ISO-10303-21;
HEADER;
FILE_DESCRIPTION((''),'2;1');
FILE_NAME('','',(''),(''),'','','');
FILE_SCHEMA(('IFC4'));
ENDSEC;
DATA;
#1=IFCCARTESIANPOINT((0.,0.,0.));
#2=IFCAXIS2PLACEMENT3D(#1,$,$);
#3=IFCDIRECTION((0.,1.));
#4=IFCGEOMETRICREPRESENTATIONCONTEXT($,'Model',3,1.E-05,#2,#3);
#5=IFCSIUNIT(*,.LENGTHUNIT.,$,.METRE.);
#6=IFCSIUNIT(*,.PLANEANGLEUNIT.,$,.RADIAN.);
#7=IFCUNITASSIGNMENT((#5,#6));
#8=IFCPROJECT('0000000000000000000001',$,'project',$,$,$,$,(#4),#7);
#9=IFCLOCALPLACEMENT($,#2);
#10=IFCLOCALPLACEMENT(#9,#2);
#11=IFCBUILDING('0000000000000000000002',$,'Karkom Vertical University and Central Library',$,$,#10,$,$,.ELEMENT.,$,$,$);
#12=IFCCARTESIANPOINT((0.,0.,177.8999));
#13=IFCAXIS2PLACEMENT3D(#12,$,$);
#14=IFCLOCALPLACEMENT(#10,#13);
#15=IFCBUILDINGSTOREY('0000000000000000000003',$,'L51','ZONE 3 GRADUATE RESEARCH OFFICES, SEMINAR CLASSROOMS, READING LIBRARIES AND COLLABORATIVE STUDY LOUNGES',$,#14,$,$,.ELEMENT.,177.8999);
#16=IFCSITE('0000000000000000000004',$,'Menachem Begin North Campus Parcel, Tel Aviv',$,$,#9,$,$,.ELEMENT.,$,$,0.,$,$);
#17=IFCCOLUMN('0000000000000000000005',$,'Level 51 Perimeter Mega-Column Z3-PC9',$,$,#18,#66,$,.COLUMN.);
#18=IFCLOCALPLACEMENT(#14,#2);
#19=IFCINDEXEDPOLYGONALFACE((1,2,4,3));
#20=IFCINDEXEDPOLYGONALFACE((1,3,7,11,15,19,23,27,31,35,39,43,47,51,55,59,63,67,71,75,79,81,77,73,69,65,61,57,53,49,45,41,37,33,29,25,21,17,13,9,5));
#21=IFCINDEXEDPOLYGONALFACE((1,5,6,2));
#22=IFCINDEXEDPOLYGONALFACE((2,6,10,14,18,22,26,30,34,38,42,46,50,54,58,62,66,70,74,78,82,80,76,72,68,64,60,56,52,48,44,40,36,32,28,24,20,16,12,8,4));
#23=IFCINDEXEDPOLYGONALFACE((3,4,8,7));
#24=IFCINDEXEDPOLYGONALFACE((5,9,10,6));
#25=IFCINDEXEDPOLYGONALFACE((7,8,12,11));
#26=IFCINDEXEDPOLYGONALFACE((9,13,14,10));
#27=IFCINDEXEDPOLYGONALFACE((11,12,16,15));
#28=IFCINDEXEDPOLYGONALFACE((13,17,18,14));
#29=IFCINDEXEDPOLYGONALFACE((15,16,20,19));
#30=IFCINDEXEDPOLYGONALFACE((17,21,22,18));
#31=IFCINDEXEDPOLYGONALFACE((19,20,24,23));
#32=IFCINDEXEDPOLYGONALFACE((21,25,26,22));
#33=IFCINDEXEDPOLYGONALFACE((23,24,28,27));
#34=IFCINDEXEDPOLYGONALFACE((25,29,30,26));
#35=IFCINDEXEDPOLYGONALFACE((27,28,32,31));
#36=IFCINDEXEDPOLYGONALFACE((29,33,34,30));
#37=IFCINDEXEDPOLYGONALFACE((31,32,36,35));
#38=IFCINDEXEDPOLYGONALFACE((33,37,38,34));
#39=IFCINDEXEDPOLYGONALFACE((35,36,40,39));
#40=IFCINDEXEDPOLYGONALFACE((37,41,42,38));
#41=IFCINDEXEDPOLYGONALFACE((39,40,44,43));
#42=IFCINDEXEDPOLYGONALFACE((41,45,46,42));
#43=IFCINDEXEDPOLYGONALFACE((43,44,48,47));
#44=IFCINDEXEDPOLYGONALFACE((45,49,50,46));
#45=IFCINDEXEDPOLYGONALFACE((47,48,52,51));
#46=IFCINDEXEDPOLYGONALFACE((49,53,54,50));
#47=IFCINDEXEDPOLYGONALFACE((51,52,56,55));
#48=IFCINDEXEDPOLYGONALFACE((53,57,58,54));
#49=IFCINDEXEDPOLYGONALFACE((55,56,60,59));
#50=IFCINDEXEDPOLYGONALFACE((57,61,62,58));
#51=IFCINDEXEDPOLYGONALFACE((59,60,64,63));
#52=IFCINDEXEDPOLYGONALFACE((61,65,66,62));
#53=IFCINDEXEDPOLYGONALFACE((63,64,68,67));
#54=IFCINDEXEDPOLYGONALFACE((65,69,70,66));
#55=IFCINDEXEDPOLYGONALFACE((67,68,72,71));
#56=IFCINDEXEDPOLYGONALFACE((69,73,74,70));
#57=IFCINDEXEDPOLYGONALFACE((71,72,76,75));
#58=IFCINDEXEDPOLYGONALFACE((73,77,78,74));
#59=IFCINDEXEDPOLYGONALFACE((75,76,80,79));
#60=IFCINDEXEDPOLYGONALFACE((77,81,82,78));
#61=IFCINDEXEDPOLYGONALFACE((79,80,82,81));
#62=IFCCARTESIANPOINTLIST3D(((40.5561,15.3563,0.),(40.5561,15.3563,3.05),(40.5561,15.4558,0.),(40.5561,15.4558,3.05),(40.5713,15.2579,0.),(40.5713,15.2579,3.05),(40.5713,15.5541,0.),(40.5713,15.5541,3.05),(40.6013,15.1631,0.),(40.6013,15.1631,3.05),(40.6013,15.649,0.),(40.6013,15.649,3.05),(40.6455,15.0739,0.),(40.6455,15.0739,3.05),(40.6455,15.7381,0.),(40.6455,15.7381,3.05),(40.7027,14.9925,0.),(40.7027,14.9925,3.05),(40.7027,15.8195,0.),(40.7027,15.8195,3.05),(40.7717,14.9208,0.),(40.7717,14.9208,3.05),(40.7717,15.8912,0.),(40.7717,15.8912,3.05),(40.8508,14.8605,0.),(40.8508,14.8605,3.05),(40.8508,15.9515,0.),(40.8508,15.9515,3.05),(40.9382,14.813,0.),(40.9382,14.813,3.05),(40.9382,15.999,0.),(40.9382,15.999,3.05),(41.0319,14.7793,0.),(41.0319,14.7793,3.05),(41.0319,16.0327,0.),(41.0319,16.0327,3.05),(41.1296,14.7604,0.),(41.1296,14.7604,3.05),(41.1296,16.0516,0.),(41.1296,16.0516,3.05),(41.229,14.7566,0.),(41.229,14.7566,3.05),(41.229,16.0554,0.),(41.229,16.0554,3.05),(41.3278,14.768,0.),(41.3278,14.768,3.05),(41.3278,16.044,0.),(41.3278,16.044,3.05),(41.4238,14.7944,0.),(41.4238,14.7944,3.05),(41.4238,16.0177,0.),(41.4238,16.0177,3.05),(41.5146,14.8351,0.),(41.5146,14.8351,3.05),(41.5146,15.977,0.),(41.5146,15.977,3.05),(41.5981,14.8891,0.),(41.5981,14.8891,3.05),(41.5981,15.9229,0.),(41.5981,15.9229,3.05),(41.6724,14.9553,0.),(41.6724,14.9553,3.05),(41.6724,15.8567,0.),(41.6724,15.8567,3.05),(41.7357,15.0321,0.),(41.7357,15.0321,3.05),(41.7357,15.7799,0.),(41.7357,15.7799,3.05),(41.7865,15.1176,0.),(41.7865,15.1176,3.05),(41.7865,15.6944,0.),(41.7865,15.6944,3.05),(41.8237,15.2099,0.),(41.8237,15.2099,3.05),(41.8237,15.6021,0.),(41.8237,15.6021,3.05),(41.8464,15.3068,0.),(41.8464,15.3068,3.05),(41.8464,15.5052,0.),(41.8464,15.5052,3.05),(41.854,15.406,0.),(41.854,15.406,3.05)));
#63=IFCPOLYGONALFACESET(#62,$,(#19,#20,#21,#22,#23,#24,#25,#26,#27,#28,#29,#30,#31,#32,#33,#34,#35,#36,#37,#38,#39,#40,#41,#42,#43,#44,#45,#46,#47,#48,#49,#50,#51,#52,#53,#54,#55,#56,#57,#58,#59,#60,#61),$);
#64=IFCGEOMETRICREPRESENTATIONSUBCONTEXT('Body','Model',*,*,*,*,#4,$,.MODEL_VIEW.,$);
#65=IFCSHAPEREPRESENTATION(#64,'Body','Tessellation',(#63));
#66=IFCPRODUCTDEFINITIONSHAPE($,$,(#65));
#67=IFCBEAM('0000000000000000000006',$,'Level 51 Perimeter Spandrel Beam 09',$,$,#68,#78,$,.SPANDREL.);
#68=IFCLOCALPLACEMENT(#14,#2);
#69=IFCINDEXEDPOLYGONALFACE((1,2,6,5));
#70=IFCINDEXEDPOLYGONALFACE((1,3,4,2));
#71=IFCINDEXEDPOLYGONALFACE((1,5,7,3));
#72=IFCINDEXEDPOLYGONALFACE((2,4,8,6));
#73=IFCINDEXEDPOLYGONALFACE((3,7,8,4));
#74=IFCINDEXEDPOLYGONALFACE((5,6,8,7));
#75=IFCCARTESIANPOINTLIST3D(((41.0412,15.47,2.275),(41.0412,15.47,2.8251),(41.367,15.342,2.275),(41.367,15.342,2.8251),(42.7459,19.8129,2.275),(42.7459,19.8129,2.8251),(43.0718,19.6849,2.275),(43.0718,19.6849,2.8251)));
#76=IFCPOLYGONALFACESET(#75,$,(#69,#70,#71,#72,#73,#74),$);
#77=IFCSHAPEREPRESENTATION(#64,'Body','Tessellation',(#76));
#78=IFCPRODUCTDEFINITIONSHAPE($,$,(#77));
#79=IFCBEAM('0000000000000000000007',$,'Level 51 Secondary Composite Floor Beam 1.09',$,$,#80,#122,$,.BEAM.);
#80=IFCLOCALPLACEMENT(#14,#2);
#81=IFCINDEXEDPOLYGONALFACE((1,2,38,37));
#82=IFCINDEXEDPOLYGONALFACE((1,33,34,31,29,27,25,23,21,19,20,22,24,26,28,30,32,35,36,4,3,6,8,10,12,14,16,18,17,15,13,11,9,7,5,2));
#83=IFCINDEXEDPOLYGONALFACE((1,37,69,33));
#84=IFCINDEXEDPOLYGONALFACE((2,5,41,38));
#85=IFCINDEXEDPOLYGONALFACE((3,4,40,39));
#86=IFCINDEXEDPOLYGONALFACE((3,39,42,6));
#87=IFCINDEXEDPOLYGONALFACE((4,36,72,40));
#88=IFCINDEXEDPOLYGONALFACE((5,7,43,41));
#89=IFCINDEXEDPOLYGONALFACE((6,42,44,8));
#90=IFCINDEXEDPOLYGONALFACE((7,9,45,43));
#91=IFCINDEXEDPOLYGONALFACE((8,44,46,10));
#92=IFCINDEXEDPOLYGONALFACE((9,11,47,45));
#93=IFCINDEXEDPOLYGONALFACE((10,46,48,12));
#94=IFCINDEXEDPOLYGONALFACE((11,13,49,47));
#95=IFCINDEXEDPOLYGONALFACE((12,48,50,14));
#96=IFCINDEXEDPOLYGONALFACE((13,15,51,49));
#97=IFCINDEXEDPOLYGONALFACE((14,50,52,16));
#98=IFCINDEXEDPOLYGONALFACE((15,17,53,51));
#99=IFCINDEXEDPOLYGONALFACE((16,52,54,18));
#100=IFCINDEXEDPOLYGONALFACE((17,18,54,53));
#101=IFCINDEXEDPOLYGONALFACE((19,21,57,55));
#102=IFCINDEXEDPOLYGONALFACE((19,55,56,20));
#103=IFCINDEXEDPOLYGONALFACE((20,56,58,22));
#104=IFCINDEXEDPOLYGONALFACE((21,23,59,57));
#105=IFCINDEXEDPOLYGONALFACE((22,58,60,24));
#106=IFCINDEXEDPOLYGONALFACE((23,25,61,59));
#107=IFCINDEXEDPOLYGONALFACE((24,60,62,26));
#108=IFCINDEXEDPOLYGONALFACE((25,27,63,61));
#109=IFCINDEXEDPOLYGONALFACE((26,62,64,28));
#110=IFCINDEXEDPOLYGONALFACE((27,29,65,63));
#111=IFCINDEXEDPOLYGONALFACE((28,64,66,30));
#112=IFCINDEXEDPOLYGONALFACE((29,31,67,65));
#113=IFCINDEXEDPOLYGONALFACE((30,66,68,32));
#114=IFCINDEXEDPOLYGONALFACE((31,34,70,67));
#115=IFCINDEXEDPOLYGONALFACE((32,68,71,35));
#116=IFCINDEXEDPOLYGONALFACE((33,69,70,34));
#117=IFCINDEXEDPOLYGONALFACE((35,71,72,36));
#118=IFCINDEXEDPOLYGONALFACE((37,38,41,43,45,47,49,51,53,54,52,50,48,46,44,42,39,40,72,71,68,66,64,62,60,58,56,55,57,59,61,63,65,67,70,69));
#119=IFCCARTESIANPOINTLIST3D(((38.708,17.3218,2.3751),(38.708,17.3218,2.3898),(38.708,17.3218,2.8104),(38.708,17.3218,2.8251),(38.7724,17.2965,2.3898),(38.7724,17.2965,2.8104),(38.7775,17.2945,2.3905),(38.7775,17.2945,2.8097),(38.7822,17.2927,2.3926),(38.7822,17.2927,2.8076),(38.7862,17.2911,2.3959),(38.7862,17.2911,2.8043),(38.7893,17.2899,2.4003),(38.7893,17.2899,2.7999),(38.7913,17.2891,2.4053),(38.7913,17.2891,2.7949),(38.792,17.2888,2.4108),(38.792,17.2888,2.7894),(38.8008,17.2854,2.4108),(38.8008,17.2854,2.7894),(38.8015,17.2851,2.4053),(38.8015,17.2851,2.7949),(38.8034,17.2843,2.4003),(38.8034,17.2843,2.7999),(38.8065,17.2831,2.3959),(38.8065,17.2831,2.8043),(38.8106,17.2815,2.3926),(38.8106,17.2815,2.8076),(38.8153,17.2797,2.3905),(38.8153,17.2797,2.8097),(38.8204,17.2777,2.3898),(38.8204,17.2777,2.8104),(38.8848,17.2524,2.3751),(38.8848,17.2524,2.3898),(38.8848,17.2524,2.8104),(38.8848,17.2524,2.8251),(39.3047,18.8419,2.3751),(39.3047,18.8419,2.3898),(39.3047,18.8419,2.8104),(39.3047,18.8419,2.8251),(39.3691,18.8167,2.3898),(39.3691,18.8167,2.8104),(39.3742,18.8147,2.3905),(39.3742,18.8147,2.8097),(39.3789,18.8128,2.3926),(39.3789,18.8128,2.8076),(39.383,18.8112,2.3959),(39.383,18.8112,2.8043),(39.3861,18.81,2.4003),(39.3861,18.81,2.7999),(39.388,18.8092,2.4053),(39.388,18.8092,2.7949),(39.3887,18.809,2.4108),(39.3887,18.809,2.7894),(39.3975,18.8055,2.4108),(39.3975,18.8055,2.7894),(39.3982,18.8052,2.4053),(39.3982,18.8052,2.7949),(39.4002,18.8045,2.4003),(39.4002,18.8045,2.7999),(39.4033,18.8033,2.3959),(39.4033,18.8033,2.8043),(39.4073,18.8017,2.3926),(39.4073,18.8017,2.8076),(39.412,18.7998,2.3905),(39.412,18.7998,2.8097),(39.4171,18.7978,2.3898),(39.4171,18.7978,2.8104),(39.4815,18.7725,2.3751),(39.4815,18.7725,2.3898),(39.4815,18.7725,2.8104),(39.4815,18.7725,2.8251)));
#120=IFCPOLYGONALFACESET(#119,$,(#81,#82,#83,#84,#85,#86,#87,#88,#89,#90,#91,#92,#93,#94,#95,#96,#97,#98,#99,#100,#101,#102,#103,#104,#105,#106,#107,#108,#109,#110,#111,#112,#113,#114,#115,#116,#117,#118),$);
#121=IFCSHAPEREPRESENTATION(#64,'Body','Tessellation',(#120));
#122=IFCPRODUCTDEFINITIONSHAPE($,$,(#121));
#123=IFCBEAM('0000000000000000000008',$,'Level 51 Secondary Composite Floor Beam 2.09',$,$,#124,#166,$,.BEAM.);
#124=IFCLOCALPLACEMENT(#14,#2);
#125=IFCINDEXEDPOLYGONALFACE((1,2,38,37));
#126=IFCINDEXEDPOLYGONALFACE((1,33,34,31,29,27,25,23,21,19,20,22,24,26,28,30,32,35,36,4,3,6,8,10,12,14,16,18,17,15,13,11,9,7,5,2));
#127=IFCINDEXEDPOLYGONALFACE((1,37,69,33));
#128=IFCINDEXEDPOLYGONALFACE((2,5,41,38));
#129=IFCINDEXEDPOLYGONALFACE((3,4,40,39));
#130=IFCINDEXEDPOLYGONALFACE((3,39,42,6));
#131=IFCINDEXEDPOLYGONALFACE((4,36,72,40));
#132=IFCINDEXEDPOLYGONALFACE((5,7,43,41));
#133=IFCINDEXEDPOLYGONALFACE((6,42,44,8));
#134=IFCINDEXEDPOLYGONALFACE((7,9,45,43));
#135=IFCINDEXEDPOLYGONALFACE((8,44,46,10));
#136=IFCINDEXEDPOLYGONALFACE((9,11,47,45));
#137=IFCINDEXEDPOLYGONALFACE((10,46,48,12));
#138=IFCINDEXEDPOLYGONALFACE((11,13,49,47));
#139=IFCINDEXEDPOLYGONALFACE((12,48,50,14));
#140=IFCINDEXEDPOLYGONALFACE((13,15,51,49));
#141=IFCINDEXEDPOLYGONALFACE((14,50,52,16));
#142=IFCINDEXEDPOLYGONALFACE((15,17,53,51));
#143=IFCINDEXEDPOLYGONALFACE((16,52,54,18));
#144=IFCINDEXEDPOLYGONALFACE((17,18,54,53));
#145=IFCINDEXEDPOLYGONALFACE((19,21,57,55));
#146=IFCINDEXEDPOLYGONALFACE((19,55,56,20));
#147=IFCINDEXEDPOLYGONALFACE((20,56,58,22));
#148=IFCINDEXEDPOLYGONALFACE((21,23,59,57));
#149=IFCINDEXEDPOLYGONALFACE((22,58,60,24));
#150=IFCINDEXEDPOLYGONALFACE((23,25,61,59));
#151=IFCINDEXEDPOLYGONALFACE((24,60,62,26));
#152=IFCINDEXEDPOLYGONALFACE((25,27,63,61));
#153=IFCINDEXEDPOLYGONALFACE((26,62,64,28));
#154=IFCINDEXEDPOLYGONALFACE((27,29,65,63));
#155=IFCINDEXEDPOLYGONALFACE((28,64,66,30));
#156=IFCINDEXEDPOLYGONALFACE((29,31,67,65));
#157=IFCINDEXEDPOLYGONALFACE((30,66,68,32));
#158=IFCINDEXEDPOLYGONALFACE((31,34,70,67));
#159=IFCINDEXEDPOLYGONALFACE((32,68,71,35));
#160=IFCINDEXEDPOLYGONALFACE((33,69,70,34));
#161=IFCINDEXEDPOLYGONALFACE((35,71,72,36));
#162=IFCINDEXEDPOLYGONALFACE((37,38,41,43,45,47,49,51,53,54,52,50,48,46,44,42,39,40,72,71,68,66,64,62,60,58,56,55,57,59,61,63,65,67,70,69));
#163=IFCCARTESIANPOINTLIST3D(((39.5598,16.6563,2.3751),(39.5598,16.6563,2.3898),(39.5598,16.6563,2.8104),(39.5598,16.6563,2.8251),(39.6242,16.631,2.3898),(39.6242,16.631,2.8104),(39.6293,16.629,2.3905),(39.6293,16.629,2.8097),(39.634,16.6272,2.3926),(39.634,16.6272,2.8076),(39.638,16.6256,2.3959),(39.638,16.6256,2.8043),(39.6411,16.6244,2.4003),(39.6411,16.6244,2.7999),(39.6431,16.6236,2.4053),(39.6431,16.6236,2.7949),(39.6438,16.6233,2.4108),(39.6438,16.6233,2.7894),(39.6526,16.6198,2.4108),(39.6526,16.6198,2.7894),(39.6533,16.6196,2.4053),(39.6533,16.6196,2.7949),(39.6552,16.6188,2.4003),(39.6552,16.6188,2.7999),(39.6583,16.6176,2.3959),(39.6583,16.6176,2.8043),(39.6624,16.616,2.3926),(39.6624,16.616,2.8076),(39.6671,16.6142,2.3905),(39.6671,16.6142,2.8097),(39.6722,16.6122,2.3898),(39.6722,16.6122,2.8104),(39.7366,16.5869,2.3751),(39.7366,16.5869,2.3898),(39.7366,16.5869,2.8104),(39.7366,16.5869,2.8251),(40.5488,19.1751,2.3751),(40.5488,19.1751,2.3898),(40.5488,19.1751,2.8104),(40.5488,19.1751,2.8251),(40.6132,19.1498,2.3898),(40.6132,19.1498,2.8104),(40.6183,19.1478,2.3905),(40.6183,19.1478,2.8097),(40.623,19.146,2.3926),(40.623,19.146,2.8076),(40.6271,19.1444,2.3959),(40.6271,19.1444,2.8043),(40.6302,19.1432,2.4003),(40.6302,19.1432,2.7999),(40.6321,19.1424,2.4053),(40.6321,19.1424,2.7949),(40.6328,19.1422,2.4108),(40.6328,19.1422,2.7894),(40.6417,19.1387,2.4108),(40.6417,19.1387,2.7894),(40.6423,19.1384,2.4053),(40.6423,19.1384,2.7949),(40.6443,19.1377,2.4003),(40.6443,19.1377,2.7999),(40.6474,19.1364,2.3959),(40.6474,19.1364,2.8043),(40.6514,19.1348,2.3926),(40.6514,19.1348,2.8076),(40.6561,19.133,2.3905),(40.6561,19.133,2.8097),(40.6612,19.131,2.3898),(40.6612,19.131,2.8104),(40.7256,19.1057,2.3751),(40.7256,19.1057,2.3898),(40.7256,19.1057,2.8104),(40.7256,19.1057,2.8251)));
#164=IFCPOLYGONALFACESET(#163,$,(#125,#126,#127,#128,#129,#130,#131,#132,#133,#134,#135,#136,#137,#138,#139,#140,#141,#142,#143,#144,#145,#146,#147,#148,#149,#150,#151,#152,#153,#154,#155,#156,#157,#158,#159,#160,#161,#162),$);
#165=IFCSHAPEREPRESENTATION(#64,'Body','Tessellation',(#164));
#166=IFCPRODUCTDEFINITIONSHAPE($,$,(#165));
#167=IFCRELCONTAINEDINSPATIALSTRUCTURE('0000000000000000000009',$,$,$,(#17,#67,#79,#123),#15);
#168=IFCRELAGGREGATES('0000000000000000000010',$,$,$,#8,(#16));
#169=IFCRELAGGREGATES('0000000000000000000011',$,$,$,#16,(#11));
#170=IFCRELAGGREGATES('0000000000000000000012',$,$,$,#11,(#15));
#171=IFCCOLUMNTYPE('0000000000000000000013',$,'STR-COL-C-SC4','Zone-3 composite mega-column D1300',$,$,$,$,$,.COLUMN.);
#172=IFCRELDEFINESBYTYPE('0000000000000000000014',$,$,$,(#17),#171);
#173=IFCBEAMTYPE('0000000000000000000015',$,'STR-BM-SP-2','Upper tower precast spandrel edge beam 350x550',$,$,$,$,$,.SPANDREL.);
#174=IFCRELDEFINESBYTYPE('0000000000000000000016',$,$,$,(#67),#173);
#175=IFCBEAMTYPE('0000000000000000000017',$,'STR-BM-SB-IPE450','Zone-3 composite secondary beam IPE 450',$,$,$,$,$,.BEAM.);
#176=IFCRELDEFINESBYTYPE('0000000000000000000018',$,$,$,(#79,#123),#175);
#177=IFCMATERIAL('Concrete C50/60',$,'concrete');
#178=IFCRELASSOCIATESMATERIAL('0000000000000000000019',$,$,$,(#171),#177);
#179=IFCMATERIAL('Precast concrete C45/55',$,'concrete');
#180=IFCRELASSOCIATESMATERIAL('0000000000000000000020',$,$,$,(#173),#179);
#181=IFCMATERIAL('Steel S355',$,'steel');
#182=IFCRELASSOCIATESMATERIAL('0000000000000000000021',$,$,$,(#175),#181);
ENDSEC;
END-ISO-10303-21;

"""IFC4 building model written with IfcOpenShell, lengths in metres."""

from ifc_helpers import new_model, si_unit, direction, frame, origin, origin_with_axes, origin_2d, place, context, subcontext, project, spatial, rectangle, circle, i_section, extrude, source, transform, mapped, material, material_profile, profile_set, type_object, element, save


model = new_model("IFC4")

# Units and contexts
model_context = context("Model", 3, precision=1e-05, world=origin(), true_north=direction((0.0, 1.0)))
body_context = subcontext(model_context, "Body", "Model", "MODEL_VIEW")
ifc_project = project(units=[si_unit("LENGTHUNIT", "METRE"), si_unit("PLANEANGLEUNIT", "RADIAN")], contexts=[model_context])

# Site, building, storey
site_placement = place(None, origin())
site = spatial("IfcSite", under=ifc_project, at=site_placement, Name="Menachem Begin North Campus Parcel, Tel Aviv", CompositionType="ELEMENT", RefElevation=0.0)
building_placement = place(site_placement, origin())
building = spatial("IfcBuilding", under=site, at=building_placement, Name="Karkom Vertical University and Central Library", CompositionType="ELEMENT")
storey_placement = place(building_placement, frame((0.0, 0.0, 177.8999)))
storey = spatial("IfcBuildingStorey", under=building, at=storey_placement, Name="L51", Description="ZONE 3 GRADUATE RESEARCH OFFICES, SEMINAR CLASSROOMS, READING LIBRARIES AND COLLABORATIVE STUDY LOUNGES", CompositionType="ELEMENT", Elevation=177.8999)

# Column
ifc_material_1 = material(Name="Concrete C50/60", Category="concrete")
ifc_material_profile_1 = material_profile(ifc_material_1, circle(Radius=0.6499, at=origin_2d()), Name="CFT-D1300")
ifc_profile_set_1 = profile_set([ifc_material_profile_1], Name="Concrete C50/60")
column_type = type_object("IfcColumnType", Name="STR-COL-C-SC4", Description="Zone-3 composite mega-column D1300", PredefinedType="COLUMN", material=ifc_profile_set_1)
shared_shape_1 = source(origin_with_axes(), body_context, "Body", "SweptSolid", [
    extrude(circle(Radius=0.6499, at=origin_2d()), origin(), (0.0, 0.0, 1.0), 3.05),
])
column_placement = place(storey_placement, frame((41.2041, 15.406, 0.0), z_axis=(0.0, 0.0, 1.0), x_axis=(1.0, 0.0, 0.0)))
element("IfcColumn", 1, at=column_placement, inside=storey, type_object=column_type, Name="Level 51 Perimeter Mega-Column Z3-PC9", PredefinedType="COLUMN", context=body_context, shape_type="MappedRepresentation", body=[
    mapped(shared_shape_1, transform((0.0, 0.0, 0.0), scale=1.0)),
])

# Beams
ifc_material_2 = material(Name="Precast concrete C45/55", Category="concrete")
ifc_material_profile_2 = material_profile(ifc_material_2, rectangle(XDim=0.3501, YDim=0.55, at=origin_2d()), Name="SPB-350x550")
ifc_profile_set_2 = profile_set([ifc_material_profile_2], Name="Precast concrete C45/55")
beam_type_1 = type_object("IfcBeamType", Name="STR-BM-SP-2", Description="Upper tower precast spandrel edge beam 350x550", PredefinedType="SPANDREL", material=ifc_profile_set_2)
shared_shape_2 = source(origin_with_axes(), body_context, "Body", "SweptSolid", [
    extrude(rectangle(XDim=0.3501, YDim=0.55, at=origin_2d()), origin(), (0.0, 0.0, 1.0), 4.6655),
])
beam_1_placement = place(storey_placement, frame((41.2041, 15.406, 2.55), z_axis=(0.365401, 0.93085, 0.0), x_axis=(-0.93085, 0.365401, 0.0)))
element("IfcBeam", 2, at=beam_1_placement, inside=storey, type_object=beam_type_1, Name="Level 51 Perimeter Spandrel Beam 09", PredefinedType="SPANDREL", context=body_context, shape_type="MappedRepresentation", body=[
    mapped(shared_shape_2, transform((0.0, 0.0, 0.0), scale=1.0)),
])
ifc_material_3 = material(Name="Steel S355", Category="steel")
ifc_material_profile_3 = material_profile(ifc_material_3, i_section(OverallWidth=0.1899, OverallDepth=0.45, WebThickness=0.0095, FlangeThickness=0.0146, FilletRadius=0.021, at=origin_2d()), Name="IPE 450")
ifc_profile_set_3 = profile_set([ifc_material_profile_3], Name="Steel S355")
beam_type_2 = type_object("IfcBeamType", Name="STR-BM-SB-IPE450", Description="Zone-3 composite secondary beam IPE 450", PredefinedType="BEAM", material=ifc_profile_set_3)
shared_shape_3 = source(origin_with_axes(), body_context, "Body", "SweptSolid", [
    extrude(i_section(OverallWidth=0.1899, OverallDepth=0.45, WebThickness=0.0095, FlangeThickness=0.0146, FilletRadius=0.021, at=origin_2d()), origin(), (0.0, 0.0, 1.0), 1.6331),
])
beam_2_placement = place(storey_placement, frame((38.7964, 17.2871, 2.6001), z_axis=(0.365403, 0.93085, 0.0), x_axis=(-0.93085, 0.365403, 0.0)))
element("IfcBeam", 3, at=beam_2_placement, inside=storey, type_object=beam_type_2, Name="Level 51 Secondary Composite Floor Beam 1.09", PredefinedType="BEAM", context=body_context, shape_type="MappedRepresentation", body=[
    mapped(shared_shape_3, transform((0.0, 0.0, 0.0), scale=1.0)),
])
shared_shape_4 = source(origin_with_axes(), body_context, "Body", "SweptSolid", [
    extrude(i_section(OverallWidth=0.1899, OverallDepth=0.45, WebThickness=0.0095, FlangeThickness=0.0146, FilletRadius=0.021, at=origin_2d()), origin(), (0.0, 0.0, 1.0), 2.7061),
])
beam_3_placement = place(storey_placement, frame((39.6482, 16.6216, 2.6001), z_axis=(0.365488, 0.930816, 0.0), x_axis=(-0.930816, 0.365488, 0.0)))
element("IfcBeam", 4, at=beam_3_placement, inside=storey, type_object=beam_type_2, Name="Level 51 Secondary Composite Floor Beam 2.09", PredefinedType="BEAM", context=body_context, shape_type="MappedRepresentation", body=[
    mapped(shared_shape_4, transform((0.0, 0.0, 0.0), scale=1.0)),
])

save(model, "model.ifc")
